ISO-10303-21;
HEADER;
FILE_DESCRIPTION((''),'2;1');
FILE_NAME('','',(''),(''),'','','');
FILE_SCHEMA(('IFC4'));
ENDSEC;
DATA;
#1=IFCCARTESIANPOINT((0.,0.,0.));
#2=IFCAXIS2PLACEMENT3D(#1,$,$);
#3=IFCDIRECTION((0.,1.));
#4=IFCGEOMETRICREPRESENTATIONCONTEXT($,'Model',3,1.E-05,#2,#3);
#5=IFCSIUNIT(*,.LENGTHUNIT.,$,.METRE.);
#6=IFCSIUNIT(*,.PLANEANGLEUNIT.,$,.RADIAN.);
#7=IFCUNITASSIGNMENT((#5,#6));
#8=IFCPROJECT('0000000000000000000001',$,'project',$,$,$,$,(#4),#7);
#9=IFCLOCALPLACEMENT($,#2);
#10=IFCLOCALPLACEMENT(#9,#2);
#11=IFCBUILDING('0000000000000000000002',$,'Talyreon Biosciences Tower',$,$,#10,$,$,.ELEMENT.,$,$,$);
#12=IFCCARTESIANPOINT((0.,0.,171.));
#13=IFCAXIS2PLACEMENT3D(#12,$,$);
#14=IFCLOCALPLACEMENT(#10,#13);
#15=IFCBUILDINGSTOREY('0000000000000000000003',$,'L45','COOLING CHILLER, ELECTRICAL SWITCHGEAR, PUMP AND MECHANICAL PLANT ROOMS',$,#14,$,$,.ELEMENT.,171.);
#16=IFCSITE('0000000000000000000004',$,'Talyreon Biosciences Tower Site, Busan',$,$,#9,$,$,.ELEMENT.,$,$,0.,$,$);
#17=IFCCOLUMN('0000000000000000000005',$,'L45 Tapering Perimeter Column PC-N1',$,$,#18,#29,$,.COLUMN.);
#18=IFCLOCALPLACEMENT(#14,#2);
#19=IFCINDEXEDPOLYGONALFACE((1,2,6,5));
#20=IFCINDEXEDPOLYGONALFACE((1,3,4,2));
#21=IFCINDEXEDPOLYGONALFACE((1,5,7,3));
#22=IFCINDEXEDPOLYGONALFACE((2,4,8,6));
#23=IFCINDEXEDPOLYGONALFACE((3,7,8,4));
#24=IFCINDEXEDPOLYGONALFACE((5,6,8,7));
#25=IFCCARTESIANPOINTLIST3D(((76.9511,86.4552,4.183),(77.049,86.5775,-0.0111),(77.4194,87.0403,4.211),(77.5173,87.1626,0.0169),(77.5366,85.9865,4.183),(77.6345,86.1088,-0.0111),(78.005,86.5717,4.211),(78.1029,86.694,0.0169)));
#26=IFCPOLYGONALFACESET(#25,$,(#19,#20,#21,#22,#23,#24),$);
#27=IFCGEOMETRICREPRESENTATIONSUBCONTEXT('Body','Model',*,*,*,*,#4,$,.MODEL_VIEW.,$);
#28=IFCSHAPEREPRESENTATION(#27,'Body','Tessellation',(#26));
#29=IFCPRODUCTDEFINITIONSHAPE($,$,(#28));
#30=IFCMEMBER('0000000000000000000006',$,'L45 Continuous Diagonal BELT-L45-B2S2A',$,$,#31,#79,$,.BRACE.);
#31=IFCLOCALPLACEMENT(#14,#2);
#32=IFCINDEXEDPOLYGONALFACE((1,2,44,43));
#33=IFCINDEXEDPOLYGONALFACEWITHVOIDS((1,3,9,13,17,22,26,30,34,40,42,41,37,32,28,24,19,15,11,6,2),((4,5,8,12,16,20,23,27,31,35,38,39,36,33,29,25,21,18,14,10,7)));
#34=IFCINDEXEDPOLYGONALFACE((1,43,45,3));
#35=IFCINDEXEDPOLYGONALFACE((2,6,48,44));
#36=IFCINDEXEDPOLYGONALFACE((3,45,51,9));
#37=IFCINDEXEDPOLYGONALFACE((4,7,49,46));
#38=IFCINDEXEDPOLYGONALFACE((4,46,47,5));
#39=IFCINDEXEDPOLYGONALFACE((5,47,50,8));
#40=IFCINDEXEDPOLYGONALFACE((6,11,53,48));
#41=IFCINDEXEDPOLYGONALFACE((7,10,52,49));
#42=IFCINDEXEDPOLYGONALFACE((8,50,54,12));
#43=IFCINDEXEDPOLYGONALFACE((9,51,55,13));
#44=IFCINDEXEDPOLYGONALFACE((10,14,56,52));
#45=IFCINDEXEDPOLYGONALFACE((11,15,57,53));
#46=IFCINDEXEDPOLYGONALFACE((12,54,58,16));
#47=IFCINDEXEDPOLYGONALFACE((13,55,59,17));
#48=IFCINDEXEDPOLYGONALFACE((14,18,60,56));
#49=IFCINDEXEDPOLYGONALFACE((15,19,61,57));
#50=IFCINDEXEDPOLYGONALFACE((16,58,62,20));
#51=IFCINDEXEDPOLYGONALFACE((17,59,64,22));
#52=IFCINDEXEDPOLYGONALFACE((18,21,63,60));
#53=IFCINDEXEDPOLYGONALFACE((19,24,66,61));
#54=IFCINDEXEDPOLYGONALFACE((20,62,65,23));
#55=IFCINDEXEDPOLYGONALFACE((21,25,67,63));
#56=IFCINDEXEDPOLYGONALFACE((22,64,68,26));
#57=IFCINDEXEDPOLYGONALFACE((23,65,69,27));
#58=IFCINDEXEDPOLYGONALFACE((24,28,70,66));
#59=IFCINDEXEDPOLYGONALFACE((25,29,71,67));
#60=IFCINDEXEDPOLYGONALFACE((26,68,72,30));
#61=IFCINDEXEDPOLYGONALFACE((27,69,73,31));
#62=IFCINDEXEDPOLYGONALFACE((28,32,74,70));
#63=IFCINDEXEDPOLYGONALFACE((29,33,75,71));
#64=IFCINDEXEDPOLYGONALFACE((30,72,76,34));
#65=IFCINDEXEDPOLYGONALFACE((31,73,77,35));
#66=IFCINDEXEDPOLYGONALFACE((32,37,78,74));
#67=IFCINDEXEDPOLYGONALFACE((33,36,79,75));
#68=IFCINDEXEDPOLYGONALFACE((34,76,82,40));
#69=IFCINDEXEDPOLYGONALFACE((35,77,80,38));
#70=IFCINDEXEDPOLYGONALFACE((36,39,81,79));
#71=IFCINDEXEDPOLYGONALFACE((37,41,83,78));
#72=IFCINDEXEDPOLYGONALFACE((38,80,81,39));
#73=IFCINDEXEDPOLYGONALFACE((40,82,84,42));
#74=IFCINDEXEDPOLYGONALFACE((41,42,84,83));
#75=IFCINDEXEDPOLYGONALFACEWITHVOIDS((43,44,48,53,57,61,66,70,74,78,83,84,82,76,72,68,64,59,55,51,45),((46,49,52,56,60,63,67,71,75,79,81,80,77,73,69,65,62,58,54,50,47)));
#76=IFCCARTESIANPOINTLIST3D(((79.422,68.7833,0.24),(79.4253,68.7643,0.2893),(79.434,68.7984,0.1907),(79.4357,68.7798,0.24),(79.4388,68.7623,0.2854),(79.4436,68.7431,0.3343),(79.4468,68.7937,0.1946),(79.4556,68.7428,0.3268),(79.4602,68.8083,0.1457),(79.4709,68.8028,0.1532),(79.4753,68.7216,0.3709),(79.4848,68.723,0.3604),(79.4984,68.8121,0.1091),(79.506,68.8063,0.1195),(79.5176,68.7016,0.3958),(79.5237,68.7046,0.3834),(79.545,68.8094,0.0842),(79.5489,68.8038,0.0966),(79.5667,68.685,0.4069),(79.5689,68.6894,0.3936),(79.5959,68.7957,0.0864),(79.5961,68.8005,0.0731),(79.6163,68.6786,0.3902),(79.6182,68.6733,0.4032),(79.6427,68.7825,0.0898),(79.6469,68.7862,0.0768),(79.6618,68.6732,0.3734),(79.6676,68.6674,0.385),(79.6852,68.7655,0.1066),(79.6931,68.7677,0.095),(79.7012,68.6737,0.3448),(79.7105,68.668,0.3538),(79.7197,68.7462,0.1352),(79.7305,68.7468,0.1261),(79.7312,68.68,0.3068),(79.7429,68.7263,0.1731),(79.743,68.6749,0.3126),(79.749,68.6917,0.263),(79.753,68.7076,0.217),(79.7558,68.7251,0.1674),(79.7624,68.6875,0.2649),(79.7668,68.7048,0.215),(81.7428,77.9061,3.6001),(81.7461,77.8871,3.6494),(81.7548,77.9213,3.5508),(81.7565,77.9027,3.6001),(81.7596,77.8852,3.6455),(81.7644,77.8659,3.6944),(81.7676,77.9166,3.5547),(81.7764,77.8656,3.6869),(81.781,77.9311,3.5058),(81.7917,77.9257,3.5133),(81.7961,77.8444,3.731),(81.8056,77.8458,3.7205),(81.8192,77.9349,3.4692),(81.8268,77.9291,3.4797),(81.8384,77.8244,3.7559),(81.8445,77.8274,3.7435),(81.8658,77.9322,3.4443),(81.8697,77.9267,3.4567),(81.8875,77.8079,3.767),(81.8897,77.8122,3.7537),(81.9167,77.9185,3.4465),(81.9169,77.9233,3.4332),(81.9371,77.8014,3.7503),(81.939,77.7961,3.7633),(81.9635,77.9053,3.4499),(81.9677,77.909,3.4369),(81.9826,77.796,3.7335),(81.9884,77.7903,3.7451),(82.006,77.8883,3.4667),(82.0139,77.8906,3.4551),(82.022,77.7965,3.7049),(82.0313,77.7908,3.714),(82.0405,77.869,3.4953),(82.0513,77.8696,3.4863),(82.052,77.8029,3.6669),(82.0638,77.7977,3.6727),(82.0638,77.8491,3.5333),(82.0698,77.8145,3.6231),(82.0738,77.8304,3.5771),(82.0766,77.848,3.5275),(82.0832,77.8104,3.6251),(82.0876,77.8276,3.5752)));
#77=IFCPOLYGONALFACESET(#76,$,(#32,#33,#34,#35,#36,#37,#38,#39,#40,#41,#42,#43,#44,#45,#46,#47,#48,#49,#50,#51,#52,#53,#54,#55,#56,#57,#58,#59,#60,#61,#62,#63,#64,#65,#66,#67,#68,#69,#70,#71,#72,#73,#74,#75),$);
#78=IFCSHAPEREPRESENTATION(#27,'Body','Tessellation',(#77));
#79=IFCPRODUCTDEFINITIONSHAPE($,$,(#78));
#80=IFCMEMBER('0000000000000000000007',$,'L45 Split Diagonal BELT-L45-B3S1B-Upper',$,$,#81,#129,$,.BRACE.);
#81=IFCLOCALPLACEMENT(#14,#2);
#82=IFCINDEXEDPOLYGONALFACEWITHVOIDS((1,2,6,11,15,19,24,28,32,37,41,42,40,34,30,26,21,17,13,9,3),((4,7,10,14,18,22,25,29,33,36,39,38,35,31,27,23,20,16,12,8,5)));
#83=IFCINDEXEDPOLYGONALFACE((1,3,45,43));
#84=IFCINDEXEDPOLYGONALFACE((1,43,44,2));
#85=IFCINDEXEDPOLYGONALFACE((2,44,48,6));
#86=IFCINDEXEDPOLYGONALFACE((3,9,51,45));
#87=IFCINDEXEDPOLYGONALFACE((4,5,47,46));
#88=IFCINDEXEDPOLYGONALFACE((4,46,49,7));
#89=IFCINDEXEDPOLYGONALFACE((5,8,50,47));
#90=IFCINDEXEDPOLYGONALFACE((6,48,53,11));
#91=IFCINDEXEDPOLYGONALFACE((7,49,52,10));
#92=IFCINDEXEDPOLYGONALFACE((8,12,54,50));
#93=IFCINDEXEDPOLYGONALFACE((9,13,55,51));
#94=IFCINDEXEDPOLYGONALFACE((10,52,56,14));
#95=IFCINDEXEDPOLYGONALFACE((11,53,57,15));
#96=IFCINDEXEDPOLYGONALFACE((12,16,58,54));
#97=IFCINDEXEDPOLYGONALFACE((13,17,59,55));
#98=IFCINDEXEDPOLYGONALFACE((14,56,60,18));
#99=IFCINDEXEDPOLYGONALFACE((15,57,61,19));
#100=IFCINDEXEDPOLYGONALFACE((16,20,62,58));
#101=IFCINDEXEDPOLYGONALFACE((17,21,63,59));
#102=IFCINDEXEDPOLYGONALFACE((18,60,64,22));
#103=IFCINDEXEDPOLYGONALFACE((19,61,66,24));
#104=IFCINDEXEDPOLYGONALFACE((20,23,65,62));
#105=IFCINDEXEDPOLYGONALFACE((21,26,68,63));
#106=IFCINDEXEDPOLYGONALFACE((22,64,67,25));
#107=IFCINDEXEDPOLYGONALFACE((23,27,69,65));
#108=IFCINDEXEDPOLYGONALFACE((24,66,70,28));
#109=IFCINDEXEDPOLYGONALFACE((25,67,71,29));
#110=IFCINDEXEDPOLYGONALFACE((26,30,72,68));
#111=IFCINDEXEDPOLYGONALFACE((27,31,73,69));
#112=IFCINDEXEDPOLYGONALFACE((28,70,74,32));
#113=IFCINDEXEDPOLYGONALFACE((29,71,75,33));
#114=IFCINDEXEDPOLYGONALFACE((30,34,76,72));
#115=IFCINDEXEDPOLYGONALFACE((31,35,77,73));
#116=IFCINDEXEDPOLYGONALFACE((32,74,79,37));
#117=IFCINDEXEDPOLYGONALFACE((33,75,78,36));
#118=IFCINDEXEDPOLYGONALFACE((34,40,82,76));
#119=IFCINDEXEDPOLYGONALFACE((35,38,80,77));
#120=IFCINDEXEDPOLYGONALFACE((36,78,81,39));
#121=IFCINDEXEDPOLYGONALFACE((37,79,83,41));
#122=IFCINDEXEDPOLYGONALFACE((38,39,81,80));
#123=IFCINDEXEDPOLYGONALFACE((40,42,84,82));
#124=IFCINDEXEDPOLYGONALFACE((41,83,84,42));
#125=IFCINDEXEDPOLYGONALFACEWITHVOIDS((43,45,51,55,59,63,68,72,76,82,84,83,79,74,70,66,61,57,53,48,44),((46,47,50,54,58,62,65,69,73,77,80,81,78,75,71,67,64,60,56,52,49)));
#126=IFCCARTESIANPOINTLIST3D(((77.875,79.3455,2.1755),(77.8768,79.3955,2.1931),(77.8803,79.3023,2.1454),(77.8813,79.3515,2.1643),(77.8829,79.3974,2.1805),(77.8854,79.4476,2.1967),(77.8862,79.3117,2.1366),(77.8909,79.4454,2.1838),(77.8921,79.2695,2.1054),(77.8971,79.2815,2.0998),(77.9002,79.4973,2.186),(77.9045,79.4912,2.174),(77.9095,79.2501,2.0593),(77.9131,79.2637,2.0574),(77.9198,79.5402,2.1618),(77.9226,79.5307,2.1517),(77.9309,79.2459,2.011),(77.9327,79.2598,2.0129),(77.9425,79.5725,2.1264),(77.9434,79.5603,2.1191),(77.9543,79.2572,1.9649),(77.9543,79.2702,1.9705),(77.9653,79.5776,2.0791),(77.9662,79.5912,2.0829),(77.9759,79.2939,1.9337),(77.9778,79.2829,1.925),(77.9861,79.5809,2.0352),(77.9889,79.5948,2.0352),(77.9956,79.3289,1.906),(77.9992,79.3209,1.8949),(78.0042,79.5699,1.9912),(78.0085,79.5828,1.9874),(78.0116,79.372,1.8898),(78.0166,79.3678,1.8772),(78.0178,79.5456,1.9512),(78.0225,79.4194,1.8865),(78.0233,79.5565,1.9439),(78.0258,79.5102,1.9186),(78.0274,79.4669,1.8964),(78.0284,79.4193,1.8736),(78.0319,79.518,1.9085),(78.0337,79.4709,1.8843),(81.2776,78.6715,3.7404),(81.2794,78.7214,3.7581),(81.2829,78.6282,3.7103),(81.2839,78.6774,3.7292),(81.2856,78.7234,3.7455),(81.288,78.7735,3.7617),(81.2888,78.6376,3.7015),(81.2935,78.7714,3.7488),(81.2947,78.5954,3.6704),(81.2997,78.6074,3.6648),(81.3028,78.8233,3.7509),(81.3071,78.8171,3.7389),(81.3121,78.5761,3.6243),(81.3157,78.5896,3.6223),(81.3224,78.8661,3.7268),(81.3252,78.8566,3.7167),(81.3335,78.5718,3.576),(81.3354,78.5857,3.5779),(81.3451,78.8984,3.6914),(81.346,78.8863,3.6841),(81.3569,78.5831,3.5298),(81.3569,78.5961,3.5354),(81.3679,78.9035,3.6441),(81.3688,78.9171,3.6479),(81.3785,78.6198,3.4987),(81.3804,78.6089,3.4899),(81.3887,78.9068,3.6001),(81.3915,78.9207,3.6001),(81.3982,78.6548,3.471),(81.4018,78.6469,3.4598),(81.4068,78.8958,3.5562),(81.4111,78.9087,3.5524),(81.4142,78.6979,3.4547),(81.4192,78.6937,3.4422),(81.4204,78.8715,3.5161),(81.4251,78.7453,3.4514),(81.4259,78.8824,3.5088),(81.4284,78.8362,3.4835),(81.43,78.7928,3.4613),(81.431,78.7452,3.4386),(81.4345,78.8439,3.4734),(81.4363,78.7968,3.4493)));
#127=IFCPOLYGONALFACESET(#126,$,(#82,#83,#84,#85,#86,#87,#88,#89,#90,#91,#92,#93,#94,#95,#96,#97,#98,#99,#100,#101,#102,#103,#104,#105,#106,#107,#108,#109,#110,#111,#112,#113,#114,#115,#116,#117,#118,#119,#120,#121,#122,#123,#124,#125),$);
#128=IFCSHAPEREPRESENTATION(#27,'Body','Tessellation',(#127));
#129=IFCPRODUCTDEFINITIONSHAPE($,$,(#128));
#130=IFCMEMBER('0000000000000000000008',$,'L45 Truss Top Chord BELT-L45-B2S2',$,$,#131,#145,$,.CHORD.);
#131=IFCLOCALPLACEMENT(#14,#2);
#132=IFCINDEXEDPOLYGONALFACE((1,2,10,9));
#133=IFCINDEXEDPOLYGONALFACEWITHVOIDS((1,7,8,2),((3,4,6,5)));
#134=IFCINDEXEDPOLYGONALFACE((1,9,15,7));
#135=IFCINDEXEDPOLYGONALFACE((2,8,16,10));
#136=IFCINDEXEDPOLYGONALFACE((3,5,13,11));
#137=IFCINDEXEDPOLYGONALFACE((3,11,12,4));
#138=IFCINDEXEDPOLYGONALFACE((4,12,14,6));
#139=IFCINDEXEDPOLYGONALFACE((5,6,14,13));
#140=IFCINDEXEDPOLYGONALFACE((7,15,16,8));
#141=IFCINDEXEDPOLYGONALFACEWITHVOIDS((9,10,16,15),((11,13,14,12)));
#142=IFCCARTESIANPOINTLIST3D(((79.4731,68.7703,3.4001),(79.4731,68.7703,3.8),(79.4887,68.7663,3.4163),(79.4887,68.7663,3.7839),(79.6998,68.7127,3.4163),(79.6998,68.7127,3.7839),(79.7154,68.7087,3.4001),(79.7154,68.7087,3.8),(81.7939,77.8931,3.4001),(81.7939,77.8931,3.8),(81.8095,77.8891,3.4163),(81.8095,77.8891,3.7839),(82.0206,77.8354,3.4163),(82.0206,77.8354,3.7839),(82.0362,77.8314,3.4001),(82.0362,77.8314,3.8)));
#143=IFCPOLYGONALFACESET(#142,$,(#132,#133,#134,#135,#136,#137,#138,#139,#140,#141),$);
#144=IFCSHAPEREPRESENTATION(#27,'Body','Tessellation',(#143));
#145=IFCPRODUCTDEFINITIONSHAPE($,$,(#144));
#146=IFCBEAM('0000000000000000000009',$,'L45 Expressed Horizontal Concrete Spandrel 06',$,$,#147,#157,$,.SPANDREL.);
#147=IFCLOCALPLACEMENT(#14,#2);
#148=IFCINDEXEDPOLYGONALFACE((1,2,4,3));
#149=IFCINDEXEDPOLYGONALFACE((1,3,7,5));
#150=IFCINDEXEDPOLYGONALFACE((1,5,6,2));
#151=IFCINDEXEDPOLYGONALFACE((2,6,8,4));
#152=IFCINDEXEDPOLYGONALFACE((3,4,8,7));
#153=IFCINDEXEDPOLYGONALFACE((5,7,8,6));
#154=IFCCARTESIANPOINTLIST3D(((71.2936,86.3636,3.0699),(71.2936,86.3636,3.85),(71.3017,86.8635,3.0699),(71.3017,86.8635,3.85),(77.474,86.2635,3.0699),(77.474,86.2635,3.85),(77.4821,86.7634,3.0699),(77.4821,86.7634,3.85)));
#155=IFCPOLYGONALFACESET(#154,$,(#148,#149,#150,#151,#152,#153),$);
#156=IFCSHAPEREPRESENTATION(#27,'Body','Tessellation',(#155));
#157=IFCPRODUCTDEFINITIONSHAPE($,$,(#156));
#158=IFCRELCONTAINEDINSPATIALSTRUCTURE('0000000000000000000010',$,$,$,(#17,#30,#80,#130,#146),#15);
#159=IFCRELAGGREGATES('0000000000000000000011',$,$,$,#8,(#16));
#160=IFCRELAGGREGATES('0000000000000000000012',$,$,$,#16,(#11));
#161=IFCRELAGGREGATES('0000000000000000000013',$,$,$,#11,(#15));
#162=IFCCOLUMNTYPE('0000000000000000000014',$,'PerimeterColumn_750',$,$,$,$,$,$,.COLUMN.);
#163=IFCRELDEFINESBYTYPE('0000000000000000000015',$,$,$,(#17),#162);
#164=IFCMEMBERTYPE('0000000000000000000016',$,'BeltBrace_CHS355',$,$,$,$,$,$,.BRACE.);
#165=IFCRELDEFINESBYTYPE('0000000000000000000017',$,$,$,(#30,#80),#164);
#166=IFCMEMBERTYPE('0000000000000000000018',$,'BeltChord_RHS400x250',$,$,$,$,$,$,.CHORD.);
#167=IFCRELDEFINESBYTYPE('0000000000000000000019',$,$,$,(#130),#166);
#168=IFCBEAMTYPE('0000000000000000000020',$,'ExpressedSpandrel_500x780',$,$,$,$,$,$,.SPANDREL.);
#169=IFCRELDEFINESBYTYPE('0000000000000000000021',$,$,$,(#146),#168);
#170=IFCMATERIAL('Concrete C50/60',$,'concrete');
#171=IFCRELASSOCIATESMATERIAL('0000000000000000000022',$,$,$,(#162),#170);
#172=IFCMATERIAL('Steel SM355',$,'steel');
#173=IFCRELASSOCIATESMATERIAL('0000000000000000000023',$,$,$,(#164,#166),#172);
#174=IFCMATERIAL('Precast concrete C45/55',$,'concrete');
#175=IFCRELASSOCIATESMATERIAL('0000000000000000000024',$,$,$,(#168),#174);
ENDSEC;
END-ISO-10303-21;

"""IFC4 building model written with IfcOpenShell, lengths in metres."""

from ifc_helpers import new_model, si_unit, direction, frame, origin, origin_2d, place, context, subcontext, project, spatial, rectangle, hollow_rectangle, hollow_circle, extrude, material, material_profile, profile_set, type_object, element, save


model = new_model("IFC4")

# Units and contexts
model_context = context("Model", 3, precision=1e-05, world=origin(), true_north=direction((0.0, 1.0)))
body_context = subcontext(model_context, "Body", "Model", "MODEL_VIEW")
ifc_project = project(units=[si_unit("LENGTHUNIT", "METRE"), si_unit("PLANEANGLEUNIT", "RADIAN")], contexts=[model_context])

# Site, building, storey
site_placement = place(None, origin())
site = spatial("IfcSite", under=ifc_project, at=site_placement, Name="Talyreon Biosciences Tower Site, Busan", CompositionType="ELEMENT", RefElevation=0.0)
building_placement = place(site_placement, origin())
building = spatial("IfcBuilding", under=site, at=building_placement, Name="Talyreon Biosciences Tower", CompositionType="ELEMENT")
storey_placement = place(building_placement, frame((0.0, 0.0, 171.0)))
storey = spatial("IfcBuildingStorey", under=building, at=storey_placement, Name="L45", Description="COOLING CHILLER, ELECTRICAL SWITCHGEAR, PUMP AND MECHANICAL PLANT ROOMS", CompositionType="ELEMENT", Elevation=171.0)

# Column
ifc_material_1 = material(Name="Concrete C50/60", Category="concrete")
ifc_material_profile_1 = material_profile(ifc_material_1, rectangle(XDim=0.75, YDim=0.75, at=origin_2d()), Name="RC 750x750")
ifc_profile_set_1 = profile_set([ifc_material_profile_1], Name="Concrete C50/60")
column_type = type_object("IfcColumnType", Name="PerimeterColumn_750", PredefinedType="COLUMN", material=ifc_profile_set_1)
column_placement = place(storey_placement, frame((77.5759, 86.6357, 0.0029), z_axis=(-0.023326, -0.029143, 0.999303), x_axis=(-0.780717, 0.624885, 0.0)))
element("IfcColumn", 1, at=column_placement, inside=storey, type_object=column_type, Name="L45 Tapering Perimeter Column PC-N1", PredefinedType="COLUMN", context=body_context, shape_type="SweptSolid", body=[
    extrude(rectangle(XDim=0.75, YDim=0.75, at=origin_2d()), origin(), (0.0, 0.0, 1.0), 4.197),
])

# Members
ifc_material_2 = material(Name="Steel SM355", Category="steel")
ifc_material_profile_2 = material_profile(ifc_material_2, hollow_circle(Radius=0.1777, WallThickness=0.0142, at=origin_2d()), Name="CHS 355.6x14.2")
ifc_profile_set_2 = profile_set([ifc_material_profile_2], Name="Steel SM355")
member_type_1 = type_object("IfcMemberType", Name="BeltBrace_CHS355", PredefinedType="BRACE", material=ifc_profile_set_2)
member_1_placement = place(storey_placement, frame((79.5942, 68.7395, 0.24), z_axis=(0.232194, 0.912728, 0.336176), x_axis=(-0.969132, 0.246543, 0.0)))
element("IfcMember", 2, at=member_1_placement, inside=storey, type_object=member_type_1, Name="L45 Continuous Diagonal BELT-L45-B2S2A", PredefinedType="BRACE", context=body_context, shape_type="SweptSolid", body=[
    extrude(hollow_circle(Radius=0.1777, WallThickness=0.0142, at=origin_2d()), origin(), (0.0, 0.0, 1.0), 9.9951),
])
member_2_placement = place(storey_placement, frame((77.9543, 79.4204, 2.0352), z_axis=(0.894149, -0.177136, 0.411243), x_axis=(0.194329, 0.980936, 0.0)))
element("IfcMember", 3, at=member_2_placement, inside=storey, type_object=member_type_1, Name="L45 Split Diagonal BELT-L45-B3S1B-Upper", PredefinedType="BRACE", context=body_context, shape_type="SweptSolid", body=[
    extrude(hollow_circle(Radius=0.1777, WallThickness=0.0142, at=origin_2d()), origin(), (0.0, 0.0, 1.0), 3.8054),
])
ifc_material_profile_3 = material_profile(ifc_material_2, hollow_rectangle(XDim=0.25, YDim=0.3999, WallThickness=0.0161, at=origin_2d()), Name="RHS 400x250x16")
ifc_profile_set_3 = profile_set([ifc_material_profile_3], Name="Steel SM355")
member_type_2 = type_object("IfcMemberType", Name="BeltChord_RHS400x250", PredefinedType="CHORD", material=ifc_profile_set_3)
member_3_placement = place(storey_placement, frame((79.5942, 68.7395, 3.6001), z_axis=(0.246543, 0.969132, 0.0), x_axis=(-0.969132, 0.246543, 0.0)))
element("IfcMember", 4, at=member_3_placement, inside=storey, type_object=member_type_2, Name="L45 Truss Top Chord BELT-L45-B2S2", PredefinedType="CHORD", context=body_context, shape_type="SweptSolid", body=[
    extrude(hollow_rectangle(XDim=0.25, YDim=0.3999, WallThickness=0.0161, at=origin_2d()), origin(), (0.0, 0.0, 1.0), 9.4133),
])

# Beam
ifc_material_3 = material(Name="Precast concrete C45/55", Category="concrete")
ifc_material_profile_4 = material_profile(ifc_material_3, rectangle(XDim=0.5, YDim=0.78, at=origin_2d()), Name="RCB 500x780")
ifc_profile_set_4 = profile_set([ifc_material_profile_4], Name="Precast concrete C45/55")
beam_type = type_object("IfcBeamType", Name="ExpressedSpandrel_500x780", PredefinedType="SPANDREL", material=ifc_profile_set_4)
beam_placement = place(storey_placement, frame((77.478, 86.5134, 3.46), z_axis=(-0.999869, 0.016194, 0.0), x_axis=(-0.016194, -0.999869, 0.0)))
element("IfcBeam", 5, at=beam_placement, inside=storey, type_object=beam_type, Name="L45 Expressed Horizontal Concrete Spandrel 06", PredefinedType="SPANDREL", context=body_context, shape_type="SweptSolid", body=[
    extrude(rectangle(XDim=0.5, YDim=0.78, at=origin_2d()), origin(), (0.0, 0.0, 1.0), 6.1812),
])

save(model, "model.ifc")
